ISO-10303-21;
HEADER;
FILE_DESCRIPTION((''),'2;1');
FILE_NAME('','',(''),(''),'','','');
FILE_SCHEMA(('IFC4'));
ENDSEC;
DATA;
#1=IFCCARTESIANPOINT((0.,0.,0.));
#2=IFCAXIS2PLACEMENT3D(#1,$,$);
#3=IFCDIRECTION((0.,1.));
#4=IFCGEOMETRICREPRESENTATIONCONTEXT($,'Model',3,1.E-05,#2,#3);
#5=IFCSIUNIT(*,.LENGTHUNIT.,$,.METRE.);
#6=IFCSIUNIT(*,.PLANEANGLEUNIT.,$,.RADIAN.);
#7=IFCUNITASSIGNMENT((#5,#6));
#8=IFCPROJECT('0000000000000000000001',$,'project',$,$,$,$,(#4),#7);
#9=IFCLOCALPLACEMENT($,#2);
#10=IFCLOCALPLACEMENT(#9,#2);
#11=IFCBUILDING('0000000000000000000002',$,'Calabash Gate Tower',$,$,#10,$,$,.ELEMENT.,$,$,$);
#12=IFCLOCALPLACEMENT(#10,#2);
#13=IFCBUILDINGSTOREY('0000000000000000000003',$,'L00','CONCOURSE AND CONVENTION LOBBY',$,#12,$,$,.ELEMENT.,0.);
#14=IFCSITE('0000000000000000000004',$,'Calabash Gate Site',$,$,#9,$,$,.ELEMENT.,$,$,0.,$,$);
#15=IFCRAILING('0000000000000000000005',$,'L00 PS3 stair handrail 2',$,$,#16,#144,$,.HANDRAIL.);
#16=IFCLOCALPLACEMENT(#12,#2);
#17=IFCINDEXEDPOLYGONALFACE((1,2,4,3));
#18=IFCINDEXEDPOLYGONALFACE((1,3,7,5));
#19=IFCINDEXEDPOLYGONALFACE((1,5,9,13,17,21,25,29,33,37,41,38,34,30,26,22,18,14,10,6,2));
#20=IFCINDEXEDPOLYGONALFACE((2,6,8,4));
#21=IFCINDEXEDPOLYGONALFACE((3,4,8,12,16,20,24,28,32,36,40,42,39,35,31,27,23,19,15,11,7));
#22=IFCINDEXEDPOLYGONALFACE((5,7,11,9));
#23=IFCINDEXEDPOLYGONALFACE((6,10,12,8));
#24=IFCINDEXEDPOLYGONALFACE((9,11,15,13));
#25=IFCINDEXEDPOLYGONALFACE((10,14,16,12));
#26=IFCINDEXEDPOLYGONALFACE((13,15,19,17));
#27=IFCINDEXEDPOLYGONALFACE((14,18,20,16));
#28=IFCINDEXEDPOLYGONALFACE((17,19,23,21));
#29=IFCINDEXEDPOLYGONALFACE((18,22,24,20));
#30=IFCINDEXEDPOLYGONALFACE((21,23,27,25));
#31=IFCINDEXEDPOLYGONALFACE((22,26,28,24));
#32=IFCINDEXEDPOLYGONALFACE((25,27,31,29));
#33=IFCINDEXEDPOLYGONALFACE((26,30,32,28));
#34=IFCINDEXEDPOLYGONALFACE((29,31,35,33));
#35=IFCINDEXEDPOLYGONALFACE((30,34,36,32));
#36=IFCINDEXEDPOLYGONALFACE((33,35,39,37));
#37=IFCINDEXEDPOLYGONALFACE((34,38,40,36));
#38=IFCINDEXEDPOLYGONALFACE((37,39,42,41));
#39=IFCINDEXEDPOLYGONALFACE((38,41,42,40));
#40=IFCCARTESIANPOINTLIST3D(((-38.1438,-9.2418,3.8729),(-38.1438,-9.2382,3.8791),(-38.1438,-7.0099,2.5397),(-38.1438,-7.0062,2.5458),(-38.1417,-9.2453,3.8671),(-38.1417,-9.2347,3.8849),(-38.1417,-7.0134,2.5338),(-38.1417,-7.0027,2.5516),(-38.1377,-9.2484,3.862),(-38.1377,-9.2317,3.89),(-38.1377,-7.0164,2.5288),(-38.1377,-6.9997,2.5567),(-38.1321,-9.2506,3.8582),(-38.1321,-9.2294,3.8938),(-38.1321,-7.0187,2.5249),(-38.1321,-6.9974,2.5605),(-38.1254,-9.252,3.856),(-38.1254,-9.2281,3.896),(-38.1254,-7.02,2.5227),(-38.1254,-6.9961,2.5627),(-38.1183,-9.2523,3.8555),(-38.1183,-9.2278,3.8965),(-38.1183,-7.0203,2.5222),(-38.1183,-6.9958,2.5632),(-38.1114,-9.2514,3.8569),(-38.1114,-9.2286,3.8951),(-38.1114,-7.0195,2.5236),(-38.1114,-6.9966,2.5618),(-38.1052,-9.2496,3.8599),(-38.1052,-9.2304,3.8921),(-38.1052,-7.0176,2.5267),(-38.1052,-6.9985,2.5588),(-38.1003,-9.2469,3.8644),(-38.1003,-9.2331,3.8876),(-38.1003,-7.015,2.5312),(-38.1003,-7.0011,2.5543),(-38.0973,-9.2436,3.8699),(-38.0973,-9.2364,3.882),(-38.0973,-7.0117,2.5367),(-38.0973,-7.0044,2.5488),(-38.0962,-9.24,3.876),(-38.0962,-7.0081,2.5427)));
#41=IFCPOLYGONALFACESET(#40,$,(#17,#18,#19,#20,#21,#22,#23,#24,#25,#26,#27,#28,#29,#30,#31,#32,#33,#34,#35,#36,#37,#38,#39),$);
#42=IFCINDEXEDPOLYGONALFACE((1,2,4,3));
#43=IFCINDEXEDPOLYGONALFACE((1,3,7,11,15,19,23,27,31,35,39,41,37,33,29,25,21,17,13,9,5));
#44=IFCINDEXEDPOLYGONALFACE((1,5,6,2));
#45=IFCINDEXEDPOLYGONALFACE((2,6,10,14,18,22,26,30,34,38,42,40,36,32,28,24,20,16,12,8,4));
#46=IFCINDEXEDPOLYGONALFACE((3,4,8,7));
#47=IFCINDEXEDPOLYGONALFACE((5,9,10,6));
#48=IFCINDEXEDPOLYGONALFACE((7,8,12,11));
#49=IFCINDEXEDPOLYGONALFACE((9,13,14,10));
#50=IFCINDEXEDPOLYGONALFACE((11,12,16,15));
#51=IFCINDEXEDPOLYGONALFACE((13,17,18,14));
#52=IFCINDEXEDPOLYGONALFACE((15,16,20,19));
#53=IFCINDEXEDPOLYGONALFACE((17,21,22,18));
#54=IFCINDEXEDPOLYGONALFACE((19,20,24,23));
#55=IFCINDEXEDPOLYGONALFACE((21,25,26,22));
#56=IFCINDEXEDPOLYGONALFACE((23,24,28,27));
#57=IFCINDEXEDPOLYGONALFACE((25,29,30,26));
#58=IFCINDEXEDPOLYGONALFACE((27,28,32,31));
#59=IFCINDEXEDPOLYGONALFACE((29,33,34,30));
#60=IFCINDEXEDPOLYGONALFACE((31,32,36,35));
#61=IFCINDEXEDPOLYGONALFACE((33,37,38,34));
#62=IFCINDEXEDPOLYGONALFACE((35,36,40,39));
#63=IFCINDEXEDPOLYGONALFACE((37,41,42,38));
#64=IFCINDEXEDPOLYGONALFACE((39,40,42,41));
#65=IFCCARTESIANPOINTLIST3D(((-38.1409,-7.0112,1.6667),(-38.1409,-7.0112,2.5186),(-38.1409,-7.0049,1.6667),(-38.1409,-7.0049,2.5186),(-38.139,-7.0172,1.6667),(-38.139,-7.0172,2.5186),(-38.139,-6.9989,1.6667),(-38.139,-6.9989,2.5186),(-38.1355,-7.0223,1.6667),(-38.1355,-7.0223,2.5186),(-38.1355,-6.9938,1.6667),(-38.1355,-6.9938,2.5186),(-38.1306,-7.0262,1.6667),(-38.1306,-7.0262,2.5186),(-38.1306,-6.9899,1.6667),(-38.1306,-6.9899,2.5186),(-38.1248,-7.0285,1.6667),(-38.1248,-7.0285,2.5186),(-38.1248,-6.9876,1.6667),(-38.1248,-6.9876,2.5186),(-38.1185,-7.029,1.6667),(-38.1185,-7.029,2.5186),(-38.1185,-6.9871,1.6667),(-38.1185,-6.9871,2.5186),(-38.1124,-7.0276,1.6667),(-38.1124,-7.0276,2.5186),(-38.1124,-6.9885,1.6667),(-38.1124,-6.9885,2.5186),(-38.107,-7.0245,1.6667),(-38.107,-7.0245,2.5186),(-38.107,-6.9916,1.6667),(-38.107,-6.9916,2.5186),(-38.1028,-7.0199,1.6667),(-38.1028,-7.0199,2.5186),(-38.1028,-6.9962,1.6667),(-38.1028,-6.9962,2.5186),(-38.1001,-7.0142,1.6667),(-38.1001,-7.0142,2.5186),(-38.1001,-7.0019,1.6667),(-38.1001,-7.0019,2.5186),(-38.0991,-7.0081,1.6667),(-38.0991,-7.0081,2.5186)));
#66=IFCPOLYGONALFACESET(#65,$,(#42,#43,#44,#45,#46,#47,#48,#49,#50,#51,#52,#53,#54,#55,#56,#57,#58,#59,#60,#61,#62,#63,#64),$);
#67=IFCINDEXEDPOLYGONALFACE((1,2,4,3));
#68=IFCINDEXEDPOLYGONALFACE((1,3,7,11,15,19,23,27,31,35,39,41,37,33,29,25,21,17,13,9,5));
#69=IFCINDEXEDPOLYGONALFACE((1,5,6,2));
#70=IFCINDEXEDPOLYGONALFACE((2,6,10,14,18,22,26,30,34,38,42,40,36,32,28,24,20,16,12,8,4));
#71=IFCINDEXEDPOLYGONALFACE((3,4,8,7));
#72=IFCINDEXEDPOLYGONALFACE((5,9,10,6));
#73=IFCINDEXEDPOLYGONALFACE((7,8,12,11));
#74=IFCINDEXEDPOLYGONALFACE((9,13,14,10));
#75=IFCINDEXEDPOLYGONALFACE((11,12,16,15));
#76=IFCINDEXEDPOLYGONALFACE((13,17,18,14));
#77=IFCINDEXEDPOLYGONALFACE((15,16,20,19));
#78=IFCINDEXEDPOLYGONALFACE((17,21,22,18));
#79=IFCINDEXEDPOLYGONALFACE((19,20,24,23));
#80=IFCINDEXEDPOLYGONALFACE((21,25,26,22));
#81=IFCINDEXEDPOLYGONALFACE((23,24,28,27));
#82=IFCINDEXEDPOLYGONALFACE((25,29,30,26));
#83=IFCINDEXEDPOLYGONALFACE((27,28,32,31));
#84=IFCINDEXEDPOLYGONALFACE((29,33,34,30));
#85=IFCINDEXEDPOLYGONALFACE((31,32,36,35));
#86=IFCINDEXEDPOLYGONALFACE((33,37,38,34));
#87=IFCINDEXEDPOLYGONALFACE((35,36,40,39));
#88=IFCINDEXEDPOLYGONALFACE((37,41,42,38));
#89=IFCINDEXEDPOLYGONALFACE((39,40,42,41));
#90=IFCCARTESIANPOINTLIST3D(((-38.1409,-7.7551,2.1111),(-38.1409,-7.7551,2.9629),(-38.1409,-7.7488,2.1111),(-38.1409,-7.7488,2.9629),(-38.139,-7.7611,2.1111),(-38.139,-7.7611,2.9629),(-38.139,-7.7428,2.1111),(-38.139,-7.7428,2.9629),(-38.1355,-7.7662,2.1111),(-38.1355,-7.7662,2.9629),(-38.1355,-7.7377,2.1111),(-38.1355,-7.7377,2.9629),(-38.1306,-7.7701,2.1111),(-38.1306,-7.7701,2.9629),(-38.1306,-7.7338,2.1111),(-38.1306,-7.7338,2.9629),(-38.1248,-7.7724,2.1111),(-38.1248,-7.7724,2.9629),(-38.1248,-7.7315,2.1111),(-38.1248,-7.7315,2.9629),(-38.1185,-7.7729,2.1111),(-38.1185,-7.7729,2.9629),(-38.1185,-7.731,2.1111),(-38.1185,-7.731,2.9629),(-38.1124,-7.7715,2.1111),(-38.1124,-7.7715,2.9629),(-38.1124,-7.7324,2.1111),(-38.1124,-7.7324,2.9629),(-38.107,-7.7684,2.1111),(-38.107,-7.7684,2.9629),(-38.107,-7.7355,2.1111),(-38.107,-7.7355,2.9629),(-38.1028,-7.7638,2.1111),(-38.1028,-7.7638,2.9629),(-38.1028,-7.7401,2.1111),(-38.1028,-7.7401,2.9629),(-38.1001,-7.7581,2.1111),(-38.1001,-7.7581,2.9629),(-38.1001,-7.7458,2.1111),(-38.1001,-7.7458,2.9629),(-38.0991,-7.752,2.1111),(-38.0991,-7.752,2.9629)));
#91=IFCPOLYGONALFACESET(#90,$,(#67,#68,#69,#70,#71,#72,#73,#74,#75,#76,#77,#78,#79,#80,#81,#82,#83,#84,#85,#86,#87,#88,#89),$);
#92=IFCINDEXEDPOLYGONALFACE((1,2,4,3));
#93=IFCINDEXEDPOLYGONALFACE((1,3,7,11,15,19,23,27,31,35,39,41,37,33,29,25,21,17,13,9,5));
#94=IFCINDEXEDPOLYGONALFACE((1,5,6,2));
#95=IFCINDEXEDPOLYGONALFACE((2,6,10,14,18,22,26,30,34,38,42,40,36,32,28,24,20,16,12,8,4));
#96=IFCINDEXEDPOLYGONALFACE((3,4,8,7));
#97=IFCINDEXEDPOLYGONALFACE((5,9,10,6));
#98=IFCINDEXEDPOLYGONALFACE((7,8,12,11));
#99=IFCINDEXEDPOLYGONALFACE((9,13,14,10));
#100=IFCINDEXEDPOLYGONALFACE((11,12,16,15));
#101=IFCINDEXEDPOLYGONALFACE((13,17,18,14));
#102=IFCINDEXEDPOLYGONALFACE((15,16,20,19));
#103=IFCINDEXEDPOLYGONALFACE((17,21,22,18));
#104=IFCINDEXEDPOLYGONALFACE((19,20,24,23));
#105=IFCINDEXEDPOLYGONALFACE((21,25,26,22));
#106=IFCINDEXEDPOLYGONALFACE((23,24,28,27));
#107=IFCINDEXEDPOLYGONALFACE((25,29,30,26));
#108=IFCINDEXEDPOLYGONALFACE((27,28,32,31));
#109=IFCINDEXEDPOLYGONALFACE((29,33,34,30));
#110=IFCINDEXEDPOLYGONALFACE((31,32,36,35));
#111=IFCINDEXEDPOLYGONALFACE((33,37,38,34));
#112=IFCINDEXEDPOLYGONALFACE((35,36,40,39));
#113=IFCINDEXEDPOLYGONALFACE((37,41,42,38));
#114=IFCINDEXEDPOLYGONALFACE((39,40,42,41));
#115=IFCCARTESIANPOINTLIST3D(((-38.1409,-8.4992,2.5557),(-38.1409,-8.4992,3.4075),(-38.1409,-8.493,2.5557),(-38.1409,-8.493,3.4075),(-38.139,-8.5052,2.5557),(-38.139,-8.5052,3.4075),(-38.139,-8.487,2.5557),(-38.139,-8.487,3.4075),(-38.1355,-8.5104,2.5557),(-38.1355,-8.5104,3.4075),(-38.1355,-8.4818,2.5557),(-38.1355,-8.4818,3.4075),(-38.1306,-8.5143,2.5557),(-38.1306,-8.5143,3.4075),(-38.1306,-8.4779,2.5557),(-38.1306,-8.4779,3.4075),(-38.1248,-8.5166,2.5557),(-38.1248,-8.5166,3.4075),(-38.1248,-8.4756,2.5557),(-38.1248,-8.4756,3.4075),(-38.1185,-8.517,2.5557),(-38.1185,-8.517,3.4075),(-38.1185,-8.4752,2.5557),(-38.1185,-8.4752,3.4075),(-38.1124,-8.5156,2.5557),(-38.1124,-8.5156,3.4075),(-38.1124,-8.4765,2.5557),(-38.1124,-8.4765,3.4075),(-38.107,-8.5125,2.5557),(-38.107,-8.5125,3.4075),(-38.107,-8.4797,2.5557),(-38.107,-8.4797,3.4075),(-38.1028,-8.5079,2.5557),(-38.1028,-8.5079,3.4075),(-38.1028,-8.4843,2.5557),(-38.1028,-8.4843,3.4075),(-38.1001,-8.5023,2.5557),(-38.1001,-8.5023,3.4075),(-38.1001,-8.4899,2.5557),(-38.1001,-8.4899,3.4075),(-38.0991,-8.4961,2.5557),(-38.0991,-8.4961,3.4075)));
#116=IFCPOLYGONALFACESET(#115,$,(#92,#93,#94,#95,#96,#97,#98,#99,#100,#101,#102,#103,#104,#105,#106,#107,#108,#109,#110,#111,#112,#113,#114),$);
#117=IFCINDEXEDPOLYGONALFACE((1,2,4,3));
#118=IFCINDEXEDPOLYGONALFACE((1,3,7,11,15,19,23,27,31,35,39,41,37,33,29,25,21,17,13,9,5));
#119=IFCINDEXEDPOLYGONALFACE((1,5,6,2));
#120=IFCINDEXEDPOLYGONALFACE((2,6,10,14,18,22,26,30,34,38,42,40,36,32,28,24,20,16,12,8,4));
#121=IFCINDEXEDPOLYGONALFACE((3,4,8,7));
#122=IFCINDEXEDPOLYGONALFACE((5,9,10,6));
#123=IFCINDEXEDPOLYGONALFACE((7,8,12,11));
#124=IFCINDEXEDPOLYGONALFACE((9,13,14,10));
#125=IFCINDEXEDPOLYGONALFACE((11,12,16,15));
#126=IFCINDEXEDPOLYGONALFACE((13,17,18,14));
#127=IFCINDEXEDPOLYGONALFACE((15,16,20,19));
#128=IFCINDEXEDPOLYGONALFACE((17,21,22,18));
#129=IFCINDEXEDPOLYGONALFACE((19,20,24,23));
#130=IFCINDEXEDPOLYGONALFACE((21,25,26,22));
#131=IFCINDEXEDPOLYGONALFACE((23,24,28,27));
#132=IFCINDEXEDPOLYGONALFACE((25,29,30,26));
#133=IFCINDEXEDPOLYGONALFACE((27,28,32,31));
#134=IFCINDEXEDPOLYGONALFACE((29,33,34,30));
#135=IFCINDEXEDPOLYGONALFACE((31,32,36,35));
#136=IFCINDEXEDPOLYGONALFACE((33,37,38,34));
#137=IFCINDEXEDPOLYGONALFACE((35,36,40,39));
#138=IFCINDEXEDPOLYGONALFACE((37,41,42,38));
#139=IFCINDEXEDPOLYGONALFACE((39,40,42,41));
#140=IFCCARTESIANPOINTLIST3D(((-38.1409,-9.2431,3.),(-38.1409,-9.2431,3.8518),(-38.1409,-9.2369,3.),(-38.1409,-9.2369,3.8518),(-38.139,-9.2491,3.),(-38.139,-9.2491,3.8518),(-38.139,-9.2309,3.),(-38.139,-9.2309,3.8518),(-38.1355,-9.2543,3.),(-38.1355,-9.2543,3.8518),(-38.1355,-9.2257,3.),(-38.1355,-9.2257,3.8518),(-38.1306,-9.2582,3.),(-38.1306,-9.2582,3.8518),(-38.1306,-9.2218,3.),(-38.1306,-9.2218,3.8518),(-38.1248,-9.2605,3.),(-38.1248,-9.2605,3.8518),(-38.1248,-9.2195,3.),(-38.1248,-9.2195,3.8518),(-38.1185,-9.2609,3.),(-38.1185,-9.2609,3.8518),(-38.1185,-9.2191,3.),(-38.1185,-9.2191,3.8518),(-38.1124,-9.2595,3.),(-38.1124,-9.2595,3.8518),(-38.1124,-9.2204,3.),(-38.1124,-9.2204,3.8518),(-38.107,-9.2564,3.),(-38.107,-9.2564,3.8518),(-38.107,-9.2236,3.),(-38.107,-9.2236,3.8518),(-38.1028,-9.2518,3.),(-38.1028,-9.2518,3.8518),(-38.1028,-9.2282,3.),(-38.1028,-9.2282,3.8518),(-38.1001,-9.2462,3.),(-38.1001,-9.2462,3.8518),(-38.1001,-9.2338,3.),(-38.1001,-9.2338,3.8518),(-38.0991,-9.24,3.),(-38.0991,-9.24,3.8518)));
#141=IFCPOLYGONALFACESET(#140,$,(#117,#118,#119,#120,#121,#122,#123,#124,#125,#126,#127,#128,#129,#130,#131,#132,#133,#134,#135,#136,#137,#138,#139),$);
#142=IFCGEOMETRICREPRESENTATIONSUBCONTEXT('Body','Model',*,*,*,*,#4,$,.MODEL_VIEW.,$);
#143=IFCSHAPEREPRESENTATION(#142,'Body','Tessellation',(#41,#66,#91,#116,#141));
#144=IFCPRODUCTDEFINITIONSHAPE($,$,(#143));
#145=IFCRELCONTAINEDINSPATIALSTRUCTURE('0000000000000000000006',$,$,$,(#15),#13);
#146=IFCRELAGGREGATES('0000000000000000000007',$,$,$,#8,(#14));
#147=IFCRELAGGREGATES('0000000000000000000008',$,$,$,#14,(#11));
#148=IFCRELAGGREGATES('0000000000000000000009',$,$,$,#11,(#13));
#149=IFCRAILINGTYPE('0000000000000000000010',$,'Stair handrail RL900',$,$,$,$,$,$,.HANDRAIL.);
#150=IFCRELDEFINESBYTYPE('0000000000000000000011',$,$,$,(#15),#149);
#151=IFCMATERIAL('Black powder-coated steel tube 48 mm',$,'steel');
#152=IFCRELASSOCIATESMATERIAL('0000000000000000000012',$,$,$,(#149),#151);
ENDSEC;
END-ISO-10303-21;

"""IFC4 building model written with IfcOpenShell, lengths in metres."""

from ifc_helpers import new_model, si_unit, direction, frame, origin, origin_2d, place, context, subcontext, project, spatial, circle, extrude, material, type_object, element, save


model = new_model("IFC4")

# Units and contexts
model_context = context("Model", 3, precision=1e-05, world=origin(), true_north=direction((0.0, 1.0)))
body_context = subcontext(model_context, "Body", "Model", "MODEL_VIEW")
ifc_project = project(units=[si_unit("LENGTHUNIT", "METRE"), si_unit("PLANEANGLEUNIT", "RADIAN")], contexts=[model_context])

# Site, building, storey
site_placement = place(None, origin())
site = spatial("IfcSite", under=ifc_project, at=site_placement, Name="Calabash Gate Site", CompositionType="ELEMENT", RefElevation=0.0)
building_placement = place(site_placement, origin())
building = spatial("IfcBuilding", under=site, at=building_placement, Name="Calabash Gate Tower", CompositionType="ELEMENT")
storey_placement = place(building_placement, origin())
storey = spatial("IfcBuildingStorey", under=building, at=storey_placement, Name="L00", Description="CONCOURSE AND CONVENTION LOBBY", CompositionType="ELEMENT", Elevation=0.0)

# Railing
ifc_material_1 = material(Name="Black powder-coated steel tube 48 mm", Category="steel")
railing_type_1 = type_object("IfcRailingType", Name="Stair handrail RL900", PredefinedType="HANDRAIL", material=ifc_material_1)
for number, where, name in (
    (1, (-38.1201, -7.0081, 1.6667), "L00 PS3 stair handrail 2"),
):
    element("IfcRailing", number, at=place(storey_placement, frame(where)), inside=storey, type_object=railing_type_1, Name=name, PredefinedType="HANDRAIL", context=body_context, shape_type="SweptSolid", body=[
        extrude(circle(Radius=0.0239, at=origin_2d()), frame((0.0, 0.0, 0.876), z_axis=(0.0, -0.858494, 0.512824), x_axis=(1.0, 0.0, 0.0)), (0.0, 0.0, 1.0), 2.5999),
        extrude(circle(Radius=0.021, at=origin_2d()), origin(), (0.0, 0.0, 1.0), 0.8518),
        extrude(circle(Radius=0.021, at=origin_2d()), frame((0.0, -0.7439, 0.4443)), (0.0, 0.0, 1.0), 0.8518),
        extrude(circle(Radius=0.021, at=origin_2d()), frame((0.0, -1.488, 0.8889)), (0.0, 0.0, 1.0), 0.8518),
        extrude(circle(Radius=0.021, at=origin_2d()), frame((0.0, -2.2319, 1.3333)), (0.0, 0.0, 1.0), 0.8518),
    ])

save(model, "model.ifc")
